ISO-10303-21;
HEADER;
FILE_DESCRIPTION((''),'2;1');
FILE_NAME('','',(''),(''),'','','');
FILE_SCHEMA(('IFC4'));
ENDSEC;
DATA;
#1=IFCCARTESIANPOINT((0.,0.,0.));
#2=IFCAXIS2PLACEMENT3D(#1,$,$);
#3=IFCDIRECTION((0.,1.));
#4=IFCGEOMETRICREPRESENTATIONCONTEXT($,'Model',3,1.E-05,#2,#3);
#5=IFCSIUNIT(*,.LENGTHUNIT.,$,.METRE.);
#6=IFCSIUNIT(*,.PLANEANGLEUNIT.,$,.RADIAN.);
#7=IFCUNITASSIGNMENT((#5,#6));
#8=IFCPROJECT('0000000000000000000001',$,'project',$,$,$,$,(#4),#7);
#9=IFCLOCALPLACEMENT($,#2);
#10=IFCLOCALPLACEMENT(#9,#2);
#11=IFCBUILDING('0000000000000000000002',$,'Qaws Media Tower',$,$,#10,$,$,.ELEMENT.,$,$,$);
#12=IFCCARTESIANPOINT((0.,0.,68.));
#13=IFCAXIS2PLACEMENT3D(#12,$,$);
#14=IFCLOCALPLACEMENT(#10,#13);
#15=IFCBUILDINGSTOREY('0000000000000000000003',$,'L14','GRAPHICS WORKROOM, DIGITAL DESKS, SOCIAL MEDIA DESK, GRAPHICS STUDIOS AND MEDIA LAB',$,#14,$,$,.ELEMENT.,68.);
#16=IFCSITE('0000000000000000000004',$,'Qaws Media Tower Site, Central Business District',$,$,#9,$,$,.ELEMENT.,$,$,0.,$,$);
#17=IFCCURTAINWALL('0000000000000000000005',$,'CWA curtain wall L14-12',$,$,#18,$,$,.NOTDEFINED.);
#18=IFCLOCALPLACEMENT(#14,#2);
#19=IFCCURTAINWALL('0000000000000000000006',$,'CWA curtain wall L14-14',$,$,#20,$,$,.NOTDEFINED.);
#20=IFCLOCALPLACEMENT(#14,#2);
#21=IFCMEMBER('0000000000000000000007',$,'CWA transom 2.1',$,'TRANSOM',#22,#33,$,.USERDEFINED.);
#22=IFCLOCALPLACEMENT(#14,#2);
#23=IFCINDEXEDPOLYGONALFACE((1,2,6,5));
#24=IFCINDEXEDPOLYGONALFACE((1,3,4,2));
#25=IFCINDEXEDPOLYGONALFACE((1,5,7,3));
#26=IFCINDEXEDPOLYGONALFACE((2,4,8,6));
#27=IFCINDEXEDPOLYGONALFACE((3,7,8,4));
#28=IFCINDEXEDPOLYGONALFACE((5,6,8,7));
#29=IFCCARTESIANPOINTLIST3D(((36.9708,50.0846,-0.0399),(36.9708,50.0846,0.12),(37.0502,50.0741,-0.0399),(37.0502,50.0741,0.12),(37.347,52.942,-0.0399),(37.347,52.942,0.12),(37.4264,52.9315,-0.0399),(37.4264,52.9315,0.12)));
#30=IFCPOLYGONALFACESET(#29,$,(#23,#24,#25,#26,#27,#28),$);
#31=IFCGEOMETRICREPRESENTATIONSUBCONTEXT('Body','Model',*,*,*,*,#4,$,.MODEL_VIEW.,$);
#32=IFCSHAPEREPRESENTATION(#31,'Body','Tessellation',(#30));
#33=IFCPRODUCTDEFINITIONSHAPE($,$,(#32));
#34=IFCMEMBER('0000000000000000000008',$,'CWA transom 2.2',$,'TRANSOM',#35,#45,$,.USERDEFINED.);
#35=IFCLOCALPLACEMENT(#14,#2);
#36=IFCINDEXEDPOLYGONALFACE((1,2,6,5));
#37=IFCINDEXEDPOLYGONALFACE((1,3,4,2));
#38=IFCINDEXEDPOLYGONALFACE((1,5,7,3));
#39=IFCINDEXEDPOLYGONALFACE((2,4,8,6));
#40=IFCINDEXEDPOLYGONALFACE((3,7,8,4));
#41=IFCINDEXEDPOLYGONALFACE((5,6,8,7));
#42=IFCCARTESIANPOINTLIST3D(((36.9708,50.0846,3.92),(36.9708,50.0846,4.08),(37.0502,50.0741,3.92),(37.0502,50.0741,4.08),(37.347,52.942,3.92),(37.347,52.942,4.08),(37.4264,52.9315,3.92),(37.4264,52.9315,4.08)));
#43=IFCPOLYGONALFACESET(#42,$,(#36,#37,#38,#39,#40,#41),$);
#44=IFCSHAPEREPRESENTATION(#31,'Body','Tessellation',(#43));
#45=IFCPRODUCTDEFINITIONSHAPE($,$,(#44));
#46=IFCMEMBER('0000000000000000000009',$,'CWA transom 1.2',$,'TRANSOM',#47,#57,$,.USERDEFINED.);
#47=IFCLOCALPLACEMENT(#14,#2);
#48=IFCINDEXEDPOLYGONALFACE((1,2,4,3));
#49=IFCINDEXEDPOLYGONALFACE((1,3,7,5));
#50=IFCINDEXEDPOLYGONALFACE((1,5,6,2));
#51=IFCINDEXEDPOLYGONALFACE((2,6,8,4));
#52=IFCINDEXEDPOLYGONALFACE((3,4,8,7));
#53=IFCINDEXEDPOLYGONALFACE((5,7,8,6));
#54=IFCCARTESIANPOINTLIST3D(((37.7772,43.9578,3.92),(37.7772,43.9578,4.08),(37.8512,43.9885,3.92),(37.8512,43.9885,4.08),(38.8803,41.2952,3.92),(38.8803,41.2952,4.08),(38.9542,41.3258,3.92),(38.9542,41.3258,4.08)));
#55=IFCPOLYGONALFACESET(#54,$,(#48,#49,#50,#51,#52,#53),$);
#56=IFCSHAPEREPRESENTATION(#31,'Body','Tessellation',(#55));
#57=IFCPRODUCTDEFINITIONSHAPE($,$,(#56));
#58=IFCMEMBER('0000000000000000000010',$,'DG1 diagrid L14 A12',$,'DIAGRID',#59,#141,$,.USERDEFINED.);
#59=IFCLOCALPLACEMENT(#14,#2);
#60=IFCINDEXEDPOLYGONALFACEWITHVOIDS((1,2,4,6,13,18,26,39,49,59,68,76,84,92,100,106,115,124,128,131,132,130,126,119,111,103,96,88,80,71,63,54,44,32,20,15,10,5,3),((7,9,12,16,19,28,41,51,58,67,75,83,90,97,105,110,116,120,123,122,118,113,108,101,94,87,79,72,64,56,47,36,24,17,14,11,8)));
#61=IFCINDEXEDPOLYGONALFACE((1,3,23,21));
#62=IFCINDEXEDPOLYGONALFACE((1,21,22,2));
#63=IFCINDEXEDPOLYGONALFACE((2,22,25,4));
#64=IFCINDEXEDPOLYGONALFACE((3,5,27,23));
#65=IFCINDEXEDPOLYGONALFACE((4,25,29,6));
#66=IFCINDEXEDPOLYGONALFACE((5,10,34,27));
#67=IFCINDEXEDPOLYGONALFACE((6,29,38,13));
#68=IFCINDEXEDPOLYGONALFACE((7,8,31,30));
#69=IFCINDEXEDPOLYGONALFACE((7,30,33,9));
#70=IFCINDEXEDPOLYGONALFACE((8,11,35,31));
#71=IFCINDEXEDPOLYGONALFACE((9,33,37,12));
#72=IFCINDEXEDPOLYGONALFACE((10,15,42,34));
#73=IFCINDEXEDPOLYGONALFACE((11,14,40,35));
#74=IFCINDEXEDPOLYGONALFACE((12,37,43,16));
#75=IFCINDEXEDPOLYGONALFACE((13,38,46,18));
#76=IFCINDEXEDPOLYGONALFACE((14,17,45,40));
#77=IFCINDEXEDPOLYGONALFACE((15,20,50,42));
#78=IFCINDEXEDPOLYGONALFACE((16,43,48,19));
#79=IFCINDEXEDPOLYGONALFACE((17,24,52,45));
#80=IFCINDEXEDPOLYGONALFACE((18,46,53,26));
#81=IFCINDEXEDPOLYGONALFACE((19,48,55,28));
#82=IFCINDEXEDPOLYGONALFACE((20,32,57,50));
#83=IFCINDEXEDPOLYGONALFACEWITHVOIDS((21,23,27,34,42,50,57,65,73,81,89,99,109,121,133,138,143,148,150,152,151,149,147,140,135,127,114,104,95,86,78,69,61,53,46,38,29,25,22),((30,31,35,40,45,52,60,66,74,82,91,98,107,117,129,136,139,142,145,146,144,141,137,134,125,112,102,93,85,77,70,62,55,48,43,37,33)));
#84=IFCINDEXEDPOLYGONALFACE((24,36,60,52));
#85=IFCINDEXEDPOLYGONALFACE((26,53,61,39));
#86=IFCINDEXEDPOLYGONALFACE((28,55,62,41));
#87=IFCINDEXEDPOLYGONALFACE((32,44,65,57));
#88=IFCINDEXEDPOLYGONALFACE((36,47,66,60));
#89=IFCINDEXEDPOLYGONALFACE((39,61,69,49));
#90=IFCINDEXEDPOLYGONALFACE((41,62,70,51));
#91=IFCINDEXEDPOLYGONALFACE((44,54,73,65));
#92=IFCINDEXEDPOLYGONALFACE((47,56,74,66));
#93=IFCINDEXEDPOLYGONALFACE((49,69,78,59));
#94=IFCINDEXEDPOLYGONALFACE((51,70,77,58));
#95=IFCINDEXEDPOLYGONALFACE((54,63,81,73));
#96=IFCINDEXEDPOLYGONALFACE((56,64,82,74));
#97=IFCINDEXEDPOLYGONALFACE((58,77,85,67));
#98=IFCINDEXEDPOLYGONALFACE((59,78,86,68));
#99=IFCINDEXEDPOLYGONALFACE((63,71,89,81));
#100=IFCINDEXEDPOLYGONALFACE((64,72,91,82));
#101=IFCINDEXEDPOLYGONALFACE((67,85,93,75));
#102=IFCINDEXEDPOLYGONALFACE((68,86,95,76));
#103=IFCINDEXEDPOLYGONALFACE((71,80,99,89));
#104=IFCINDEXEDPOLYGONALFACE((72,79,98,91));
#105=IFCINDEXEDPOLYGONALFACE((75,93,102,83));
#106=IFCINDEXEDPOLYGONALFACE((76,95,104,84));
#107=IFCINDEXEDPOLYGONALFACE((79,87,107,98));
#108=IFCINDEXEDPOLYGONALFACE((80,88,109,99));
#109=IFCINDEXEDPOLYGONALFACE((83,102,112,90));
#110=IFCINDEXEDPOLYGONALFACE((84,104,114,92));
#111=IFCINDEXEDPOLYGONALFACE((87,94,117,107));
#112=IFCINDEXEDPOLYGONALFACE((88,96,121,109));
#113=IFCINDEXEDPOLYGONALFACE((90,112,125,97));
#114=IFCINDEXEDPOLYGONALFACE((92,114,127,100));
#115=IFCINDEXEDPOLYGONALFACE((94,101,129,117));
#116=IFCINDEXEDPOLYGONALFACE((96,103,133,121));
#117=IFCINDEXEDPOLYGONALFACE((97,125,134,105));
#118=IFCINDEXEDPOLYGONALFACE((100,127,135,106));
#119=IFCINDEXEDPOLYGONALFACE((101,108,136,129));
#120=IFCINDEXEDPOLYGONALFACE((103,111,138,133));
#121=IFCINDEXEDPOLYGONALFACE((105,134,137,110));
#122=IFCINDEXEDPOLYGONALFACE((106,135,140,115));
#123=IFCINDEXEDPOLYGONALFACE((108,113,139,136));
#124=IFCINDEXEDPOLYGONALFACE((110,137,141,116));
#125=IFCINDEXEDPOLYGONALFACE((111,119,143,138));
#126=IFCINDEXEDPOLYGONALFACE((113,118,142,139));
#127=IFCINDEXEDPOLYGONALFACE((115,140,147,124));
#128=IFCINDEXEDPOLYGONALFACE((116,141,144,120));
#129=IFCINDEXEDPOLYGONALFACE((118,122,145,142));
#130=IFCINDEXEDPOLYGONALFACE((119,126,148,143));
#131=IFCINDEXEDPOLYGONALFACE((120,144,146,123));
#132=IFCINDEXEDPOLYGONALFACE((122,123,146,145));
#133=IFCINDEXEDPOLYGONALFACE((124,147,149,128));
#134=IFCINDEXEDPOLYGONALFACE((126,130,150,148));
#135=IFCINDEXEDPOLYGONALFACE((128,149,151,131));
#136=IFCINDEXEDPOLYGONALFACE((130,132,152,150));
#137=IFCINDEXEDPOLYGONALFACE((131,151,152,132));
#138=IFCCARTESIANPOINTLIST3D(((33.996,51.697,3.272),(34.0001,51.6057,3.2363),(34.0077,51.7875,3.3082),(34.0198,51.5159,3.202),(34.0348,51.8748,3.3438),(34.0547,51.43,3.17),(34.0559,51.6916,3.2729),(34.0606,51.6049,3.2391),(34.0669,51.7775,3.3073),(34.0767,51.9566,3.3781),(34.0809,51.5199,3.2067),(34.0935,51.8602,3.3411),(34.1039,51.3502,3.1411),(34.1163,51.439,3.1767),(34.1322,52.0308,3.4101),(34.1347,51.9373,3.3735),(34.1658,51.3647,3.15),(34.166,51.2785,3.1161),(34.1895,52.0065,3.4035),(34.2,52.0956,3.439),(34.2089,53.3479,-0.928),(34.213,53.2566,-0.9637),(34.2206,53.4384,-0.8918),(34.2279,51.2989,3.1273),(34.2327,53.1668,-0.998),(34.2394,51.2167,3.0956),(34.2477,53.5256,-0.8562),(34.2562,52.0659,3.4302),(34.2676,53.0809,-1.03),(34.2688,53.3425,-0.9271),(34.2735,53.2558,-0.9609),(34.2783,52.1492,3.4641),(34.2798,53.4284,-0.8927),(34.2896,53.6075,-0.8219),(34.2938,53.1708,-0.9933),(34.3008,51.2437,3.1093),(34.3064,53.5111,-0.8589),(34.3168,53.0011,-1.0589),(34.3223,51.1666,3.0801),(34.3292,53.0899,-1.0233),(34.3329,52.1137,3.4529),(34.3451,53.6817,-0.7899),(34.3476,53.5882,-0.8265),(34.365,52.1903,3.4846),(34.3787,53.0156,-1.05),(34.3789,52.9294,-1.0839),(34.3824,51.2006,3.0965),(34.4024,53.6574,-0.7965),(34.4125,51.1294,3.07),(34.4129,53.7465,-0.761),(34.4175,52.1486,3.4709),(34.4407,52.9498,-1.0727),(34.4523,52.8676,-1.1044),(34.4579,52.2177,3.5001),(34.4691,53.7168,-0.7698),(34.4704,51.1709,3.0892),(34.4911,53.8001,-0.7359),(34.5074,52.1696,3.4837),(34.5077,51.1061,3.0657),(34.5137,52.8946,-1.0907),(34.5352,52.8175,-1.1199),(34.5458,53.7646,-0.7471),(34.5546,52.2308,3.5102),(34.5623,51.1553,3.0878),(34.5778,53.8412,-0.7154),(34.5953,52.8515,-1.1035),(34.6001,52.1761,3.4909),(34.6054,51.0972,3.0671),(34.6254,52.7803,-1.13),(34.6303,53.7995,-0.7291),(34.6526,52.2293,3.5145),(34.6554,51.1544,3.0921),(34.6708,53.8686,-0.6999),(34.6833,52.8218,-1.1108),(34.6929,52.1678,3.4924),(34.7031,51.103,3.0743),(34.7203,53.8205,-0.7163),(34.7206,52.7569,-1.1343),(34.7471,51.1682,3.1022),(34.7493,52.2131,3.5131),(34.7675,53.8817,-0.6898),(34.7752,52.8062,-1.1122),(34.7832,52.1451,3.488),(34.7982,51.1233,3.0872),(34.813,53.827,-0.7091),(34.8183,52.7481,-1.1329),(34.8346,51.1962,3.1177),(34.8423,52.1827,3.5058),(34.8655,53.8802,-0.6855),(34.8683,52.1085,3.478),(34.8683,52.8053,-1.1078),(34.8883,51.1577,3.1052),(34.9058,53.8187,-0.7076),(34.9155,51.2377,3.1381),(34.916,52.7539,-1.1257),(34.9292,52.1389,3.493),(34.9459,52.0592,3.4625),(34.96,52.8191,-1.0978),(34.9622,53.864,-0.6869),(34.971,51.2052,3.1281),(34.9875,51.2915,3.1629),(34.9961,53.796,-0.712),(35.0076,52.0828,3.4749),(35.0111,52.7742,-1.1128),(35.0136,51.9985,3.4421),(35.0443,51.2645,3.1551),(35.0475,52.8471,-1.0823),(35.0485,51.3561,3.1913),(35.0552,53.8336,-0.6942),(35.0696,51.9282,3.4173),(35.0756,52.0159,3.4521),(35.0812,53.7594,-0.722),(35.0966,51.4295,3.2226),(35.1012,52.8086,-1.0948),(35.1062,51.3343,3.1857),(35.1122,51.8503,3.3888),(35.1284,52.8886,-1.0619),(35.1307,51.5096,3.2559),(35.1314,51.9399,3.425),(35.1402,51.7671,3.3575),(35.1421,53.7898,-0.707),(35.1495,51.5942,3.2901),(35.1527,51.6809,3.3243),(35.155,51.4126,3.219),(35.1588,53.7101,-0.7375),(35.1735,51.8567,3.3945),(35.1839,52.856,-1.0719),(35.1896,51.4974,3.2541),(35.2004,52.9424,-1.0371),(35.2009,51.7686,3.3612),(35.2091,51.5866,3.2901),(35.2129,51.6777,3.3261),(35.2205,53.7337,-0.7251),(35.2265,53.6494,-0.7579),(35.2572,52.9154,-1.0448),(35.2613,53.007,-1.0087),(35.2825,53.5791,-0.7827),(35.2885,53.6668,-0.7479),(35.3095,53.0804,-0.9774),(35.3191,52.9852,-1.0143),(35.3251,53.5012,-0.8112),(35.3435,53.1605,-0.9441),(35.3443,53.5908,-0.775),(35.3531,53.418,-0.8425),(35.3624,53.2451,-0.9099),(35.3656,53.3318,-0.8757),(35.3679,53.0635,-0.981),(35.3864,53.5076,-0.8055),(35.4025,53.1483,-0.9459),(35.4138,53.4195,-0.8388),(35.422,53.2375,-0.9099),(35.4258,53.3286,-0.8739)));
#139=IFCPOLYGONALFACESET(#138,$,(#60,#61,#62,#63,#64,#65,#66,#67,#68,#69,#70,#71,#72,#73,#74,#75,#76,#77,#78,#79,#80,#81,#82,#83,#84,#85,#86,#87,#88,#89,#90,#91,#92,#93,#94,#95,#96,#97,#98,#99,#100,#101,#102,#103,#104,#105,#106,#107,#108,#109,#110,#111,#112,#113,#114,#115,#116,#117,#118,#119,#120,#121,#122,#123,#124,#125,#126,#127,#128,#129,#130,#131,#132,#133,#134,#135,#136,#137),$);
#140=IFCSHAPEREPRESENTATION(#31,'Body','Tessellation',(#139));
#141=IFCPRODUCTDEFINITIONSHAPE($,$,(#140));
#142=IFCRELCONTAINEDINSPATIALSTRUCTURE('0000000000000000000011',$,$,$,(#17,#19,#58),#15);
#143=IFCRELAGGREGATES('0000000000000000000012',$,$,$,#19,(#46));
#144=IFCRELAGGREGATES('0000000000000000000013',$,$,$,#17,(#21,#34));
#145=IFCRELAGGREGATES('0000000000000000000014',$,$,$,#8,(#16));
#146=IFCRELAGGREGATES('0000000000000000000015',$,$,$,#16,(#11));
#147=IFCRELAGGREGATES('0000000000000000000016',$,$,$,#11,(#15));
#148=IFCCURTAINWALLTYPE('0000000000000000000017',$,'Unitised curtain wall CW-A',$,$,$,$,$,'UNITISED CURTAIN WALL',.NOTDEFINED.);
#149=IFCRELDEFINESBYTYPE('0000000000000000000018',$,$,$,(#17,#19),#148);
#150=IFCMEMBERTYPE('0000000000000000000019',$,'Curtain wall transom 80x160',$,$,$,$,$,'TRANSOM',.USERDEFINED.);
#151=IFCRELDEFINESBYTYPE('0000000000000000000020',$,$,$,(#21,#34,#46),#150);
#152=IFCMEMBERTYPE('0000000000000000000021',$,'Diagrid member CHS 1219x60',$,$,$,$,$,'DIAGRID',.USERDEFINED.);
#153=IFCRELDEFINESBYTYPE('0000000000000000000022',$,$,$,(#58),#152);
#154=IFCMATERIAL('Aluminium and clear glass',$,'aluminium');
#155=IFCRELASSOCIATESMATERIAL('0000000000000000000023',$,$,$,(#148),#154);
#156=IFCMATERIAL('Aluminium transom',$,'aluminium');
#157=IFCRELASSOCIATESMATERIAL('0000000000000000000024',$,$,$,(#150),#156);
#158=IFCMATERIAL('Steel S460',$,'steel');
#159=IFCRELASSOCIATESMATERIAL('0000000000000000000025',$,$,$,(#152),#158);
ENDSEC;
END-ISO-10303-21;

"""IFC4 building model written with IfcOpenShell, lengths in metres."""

from ifc_helpers import new_model, si_unit, direction, frame, origin, origin_2d, place, context, subcontext, project, spatial, rectangle, hollow_circle, extrude, material, material_profile, profile_set, type_object, element, aggregate, save


model = new_model("IFC4")

# Units and contexts
model_context = context("Model", 3, precision=1e-05, world=origin(), true_north=direction((0.0, 1.0)))
body_context = subcontext(model_context, "Body", "Model", "MODEL_VIEW")
ifc_project = project(units=[si_unit("LENGTHUNIT", "METRE"), si_unit("PLANEANGLEUNIT", "RADIAN")], contexts=[model_context])

# Site, building, storey
site_placement = place(None, origin())
site = spatial("IfcSite", under=ifc_project, at=site_placement, Name="Qaws Media Tower Site, Central Business District", CompositionType="ELEMENT", RefElevation=0.0)
building_placement = place(site_placement, origin())
building = spatial("IfcBuilding", under=site, at=building_placement, Name="Qaws Media Tower", CompositionType="ELEMENT")
storey_placement = place(building_placement, frame((0.0, 0.0, 68.0)))
storey = spatial("IfcBuildingStorey", under=building, at=storey_placement, Name="L14", Description="GRAPHICS WORKROOM, DIGITAL DESKS, SOCIAL MEDIA DESK, GRAPHICS STUDIOS AND MEDIA LAB", CompositionType="ELEMENT", Elevation=68.0)

# Shared definitions
ifc_material_1 = material(Name="Aluminium and clear glass", Category="aluminium")
curtain_wall_type = type_object("IfcCurtainWallType", Name="Unitised curtain wall CW-A", ElementType="UNITISED CURTAIN WALL", PredefinedType="NOTDEFINED", material=ifc_material_1)

# Curtain wall
curtain_wall_1_placement = place(storey_placement, origin())
curtain_wall_1 = element("IfcCurtainWall", 1, at=curtain_wall_1_placement, inside=storey, type_object=curtain_wall_type, Name="CWA curtain wall L14-12", PredefinedType="NOTDEFINED")

# Curtain wall
curtain_wall_2_placement = place(storey_placement, origin())
curtain_wall_2 = element("IfcCurtainWall", 2, at=curtain_wall_2_placement, inside=storey, type_object=curtain_wall_type, Name="CWA curtain wall L14-14", PredefinedType="NOTDEFINED")

# Members
ifc_material_2 = material(Name="Aluminium transom", Category="aluminium")
ifc_material_profile_1 = material_profile(ifc_material_2, rectangle(XDim=0.0801, YDim=0.1599, at=origin_2d()), Name="80x160")
ifc_profile_set_1 = profile_set([ifc_material_profile_1], Name="Aluminium transom")
member_type_1 = type_object("IfcMemberType", Name="Curtain wall transom 80x160", ElementType="TRANSOM", PredefinedType="USERDEFINED", material=ifc_profile_set_1)
member_1_placement = place(storey_placement, frame((37.3867, 52.9368, 0.04), z_axis=(-0.130538, -0.991443, 0.0), x_axis=(0.991443, -0.130538, 0.0)))
member_1 = element("IfcMember", 3, at=member_1_placement, type_object=member_type_1, Name="CWA transom 2.1", ObjectType="TRANSOM", PredefinedType="USERDEFINED", context=body_context, shape_type="SweptSolid", body=[
    extrude(rectangle(XDim=0.0801, YDim=0.1599, at=origin_2d()), origin(), (0.0, 0.0, 1.0), 2.8821),
])
member_2_placement = place(storey_placement, frame((37.3867, 52.9368, 4.0), z_axis=(-0.130538, -0.991443, 0.0), x_axis=(0.991443, -0.130538, 0.0)))
member_2 = element("IfcMember", 4, at=member_2_placement, type_object=member_type_1, Name="CWA transom 2.2", ObjectType="TRANSOM", PredefinedType="USERDEFINED", context=body_context, shape_type="SweptSolid", body=[
    extrude(rectangle(XDim=0.0801, YDim=0.1599, at=origin_2d()), origin(), (0.0, 0.0, 1.0), 2.8821),
])
member_3_placement = place(storey_placement, frame((37.8142, 43.9731, 4.0), z_axis=(0.382726, -0.923862, 0.0), x_axis=(0.923862, 0.382726, 0.0)))
member_3 = element("IfcMember", 5, at=member_3_placement, type_object=member_type_1, Name="CWA transom 1.2", ObjectType="TRANSOM", PredefinedType="USERDEFINED", context=body_context, shape_type="SweptSolid", body=[
    extrude(rectangle(XDim=0.0801, YDim=0.1599, at=origin_2d()), origin(), (0.0, 0.0, 1.0), 2.8821),
])
aggregate(curtain_wall_2, [member_3])

# Member
ifc_material_3 = material(Name="Steel S460", Category="steel")
ifc_material_profile_2 = material_profile(ifc_material_3, hollow_circle(Radius=0.6096, WallThickness=0.0601, at=origin_2d()), Name="CHS 1219x60")
ifc_profile_set_2 = profile_set([ifc_material_profile_2], Name="Steel S460")
member_type_2 = type_object("IfcMemberType", Name="Diagrid member CHS 1219x60", ElementType="DIAGRID", PredefinedType="USERDEFINED", material=ifc_profile_set_2)
for number, where, z_axis, x_axis, name in (
    (6, (34.8174, 53.3154, -0.9099), (-0.047123, -0.365418, 0.92965), (0.991787, -0.127897, 0.0), "DG1 diagrid L14 A12"),
):
    element("IfcMember", number, at=place(storey_placement, frame(where, z_axis=z_axis, x_axis=x_axis)), inside=storey, type_object=member_type_2, Name=name, ObjectType="DIAGRID", PredefinedType="USERDEFINED", context=body_context, shape_type="SweptSolid", body=[
        extrude(hollow_circle(Radius=0.6096, WallThickness=0.0601, at=origin_2d()), origin(), (0.0, 0.0, 1.0), 4.5178),
    ])

aggregate(curtain_wall_1, [member_1, member_2])

save(model, "model.ifc")
